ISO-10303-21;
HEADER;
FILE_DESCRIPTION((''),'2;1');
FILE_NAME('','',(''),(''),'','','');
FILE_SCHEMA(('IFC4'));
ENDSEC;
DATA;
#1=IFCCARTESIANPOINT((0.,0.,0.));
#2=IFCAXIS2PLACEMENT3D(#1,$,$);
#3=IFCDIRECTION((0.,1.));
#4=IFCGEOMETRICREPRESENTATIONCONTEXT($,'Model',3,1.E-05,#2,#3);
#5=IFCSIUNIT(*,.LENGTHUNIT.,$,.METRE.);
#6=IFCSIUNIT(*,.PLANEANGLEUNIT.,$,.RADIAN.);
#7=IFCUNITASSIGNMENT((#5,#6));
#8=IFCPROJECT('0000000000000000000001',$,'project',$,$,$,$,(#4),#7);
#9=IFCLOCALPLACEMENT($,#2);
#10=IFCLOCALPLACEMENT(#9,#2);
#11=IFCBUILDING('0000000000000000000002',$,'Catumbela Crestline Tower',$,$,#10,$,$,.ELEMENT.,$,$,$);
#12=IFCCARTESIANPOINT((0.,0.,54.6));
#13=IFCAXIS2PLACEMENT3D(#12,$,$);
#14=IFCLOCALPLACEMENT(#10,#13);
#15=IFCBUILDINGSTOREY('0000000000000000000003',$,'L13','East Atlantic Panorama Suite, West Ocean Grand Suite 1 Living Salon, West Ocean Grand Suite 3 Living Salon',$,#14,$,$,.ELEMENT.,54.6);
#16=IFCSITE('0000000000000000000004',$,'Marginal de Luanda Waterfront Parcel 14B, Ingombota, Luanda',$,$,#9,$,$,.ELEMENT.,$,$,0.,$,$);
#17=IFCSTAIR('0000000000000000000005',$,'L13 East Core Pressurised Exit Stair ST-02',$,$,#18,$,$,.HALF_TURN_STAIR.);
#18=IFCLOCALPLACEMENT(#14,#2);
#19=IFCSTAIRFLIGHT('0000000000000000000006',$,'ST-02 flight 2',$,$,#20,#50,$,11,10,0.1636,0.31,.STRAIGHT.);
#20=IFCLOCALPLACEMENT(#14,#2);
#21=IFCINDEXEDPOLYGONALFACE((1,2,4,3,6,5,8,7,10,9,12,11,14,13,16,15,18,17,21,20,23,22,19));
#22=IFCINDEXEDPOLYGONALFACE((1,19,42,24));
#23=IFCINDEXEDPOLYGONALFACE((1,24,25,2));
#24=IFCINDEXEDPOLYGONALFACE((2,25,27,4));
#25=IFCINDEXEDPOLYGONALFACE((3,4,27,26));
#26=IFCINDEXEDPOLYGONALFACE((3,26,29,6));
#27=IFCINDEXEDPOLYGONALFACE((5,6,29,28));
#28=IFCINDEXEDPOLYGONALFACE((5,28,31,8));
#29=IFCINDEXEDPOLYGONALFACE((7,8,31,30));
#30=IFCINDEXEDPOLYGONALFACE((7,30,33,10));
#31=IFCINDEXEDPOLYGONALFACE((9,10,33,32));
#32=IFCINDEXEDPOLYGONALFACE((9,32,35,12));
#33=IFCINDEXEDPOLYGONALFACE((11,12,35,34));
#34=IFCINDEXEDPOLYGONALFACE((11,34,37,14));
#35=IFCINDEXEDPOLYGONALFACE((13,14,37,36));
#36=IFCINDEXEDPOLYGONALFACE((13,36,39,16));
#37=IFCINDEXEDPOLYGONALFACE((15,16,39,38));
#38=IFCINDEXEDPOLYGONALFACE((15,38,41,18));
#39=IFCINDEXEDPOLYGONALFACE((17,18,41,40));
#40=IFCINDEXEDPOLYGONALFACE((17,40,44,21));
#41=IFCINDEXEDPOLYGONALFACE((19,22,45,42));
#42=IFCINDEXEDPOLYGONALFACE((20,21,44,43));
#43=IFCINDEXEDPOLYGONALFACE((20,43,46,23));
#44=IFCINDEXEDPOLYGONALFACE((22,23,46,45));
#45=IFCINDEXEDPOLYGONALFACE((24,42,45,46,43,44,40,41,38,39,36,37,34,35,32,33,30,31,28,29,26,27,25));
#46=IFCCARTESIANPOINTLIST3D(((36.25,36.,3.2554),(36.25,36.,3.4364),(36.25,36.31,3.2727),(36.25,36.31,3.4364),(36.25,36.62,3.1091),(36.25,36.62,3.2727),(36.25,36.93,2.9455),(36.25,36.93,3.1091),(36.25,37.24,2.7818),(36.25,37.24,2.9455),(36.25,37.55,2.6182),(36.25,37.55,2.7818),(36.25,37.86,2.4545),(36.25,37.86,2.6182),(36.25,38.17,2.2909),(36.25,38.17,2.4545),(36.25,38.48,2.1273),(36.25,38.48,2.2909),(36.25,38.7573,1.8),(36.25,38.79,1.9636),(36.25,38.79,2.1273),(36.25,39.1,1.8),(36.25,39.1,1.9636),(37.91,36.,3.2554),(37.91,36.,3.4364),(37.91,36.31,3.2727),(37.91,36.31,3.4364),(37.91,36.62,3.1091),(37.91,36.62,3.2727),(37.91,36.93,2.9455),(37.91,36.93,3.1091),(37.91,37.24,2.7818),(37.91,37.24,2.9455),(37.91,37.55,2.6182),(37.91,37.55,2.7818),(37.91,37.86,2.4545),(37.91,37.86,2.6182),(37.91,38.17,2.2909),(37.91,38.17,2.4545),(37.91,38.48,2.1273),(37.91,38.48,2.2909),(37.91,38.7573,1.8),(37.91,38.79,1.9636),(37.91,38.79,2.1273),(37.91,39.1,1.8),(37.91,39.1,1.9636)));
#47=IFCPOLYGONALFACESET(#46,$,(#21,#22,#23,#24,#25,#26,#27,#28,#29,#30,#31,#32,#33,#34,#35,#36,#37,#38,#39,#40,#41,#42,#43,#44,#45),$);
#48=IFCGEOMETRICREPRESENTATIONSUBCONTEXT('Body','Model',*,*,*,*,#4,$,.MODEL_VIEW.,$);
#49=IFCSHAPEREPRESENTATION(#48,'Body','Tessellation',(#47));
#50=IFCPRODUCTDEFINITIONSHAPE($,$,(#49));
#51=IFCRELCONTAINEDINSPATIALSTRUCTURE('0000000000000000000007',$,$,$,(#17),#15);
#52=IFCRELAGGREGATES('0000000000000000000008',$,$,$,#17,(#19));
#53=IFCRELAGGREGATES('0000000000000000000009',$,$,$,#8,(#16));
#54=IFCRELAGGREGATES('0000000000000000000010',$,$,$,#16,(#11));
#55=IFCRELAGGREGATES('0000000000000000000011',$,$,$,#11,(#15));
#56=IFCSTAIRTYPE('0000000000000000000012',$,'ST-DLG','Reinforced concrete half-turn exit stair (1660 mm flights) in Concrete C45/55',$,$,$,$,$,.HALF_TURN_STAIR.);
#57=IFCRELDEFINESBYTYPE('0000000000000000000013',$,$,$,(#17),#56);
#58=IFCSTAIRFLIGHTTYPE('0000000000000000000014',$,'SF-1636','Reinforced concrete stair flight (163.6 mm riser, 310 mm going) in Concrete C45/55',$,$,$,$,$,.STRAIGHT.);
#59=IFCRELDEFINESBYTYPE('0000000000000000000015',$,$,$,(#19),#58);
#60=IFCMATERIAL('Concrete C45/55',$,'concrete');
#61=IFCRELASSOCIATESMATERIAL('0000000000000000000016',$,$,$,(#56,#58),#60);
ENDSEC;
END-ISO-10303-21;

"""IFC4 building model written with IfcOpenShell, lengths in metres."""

from ifc_helpers import new_model, si_unit, direction, frame, origin, place, context, subcontext, project, spatial, polyline, outline, extrude, material, type_object, element, aggregate, save


model = new_model("IFC4")

# Units and contexts
model_context = context("Model", 3, precision=1e-05, world=origin(), true_north=direction((0.0, 1.0)))
body_context = subcontext(model_context, "Body", "Model", "MODEL_VIEW")
ifc_project = project(units=[si_unit("LENGTHUNIT", "METRE"), si_unit("PLANEANGLEUNIT", "RADIAN")], contexts=[model_context])

# Site, building, storey
site_placement = place(None, origin())
site = spatial("IfcSite", under=ifc_project, at=site_placement, Name="Marginal de Luanda Waterfront Parcel 14B, Ingombota, Luanda", CompositionType="ELEMENT", RefElevation=0.0)
building_placement = place(site_placement, origin())
building = spatial("IfcBuilding", under=site, at=building_placement, Name="Catumbela Crestline Tower", CompositionType="ELEMENT")
storey_placement = place(building_placement, frame((0.0, 0.0, 54.6)))
storey = spatial("IfcBuildingStorey", under=building, at=storey_placement, Name="L13", Description="East Atlantic Panorama Suite, West Ocean Grand Suite 1 Living Salon, West Ocean Grand Suite 3 Living Salon", CompositionType="ELEMENT", Elevation=54.6)

# Stair, stair flight
ifc_material_1 = material(Name="Concrete C45/55", Category="concrete")
stair_type = type_object("IfcStairType", Name="ST-DLG", Description="Reinforced concrete half-turn exit stair (1660 mm flights) in Concrete C45/55", PredefinedType="HALF_TURN_STAIR", material=ifc_material_1)
stair_placement = place(storey_placement, origin())
stair = element("IfcStair", 1, at=stair_placement, inside=storey, type_object=stair_type, Name="L13 East Core Pressurised Exit Stair ST-02", PredefinedType="HALF_TURN_STAIR")
stair_flight_type = type_object("IfcStairFlightType", Name="SF-1636", Description="Reinforced concrete stair flight (163.6 mm riser, 310 mm going) in Concrete C45/55", PredefinedType="STRAIGHT", material=ifc_material_1)
stair_flight_1_placement = place(storey_placement, frame((37.08, 39.1, 1.8), z_axis=(0.0, 0.0, 1.0), x_axis=(0.0, -1.0, 0.0)))
stair_flight_1 = element("IfcStairFlight", 2, at=stair_flight_1_placement, type_object=stair_flight_type, Name="ST-02 flight 2", NumberOfRisers=11, NumberOfTreads=10, PredefinedType="STRAIGHT", RiserHeight=0.1636, TreadLength=0.31, context=body_context, shape_type="SweptSolid", body=[
    extrude(outline(polyline([(0.0, 0.0), (0.0, 0.1636), (0.31, 0.1636), (0.31, 0.3273), (0.62, 0.3273), (0.62, 0.4909), (0.93, 0.4909), (0.93, 0.6545), (1.24, 0.6545), (1.24, 0.8182), (1.55, 0.8182), (1.55, 0.9818), (1.86, 0.9818), (1.86, 1.1455), (2.17, 1.1455), (2.17, 1.3091), (2.48, 1.3091), (2.48, 1.4727), (2.79, 1.4727), (2.79, 1.6364), (3.1, 1.6364), (3.1, 1.8), (3.1, 1.4554), (0.3427, 0.0), (0.0, 0.0)])), frame((0.0, 0.83, 0.0), z_axis=(0.0, -1.0, 0.0), x_axis=(1.0, 0.0, 0.0)), (0.0, 0.0, 1.0), 1.66),
])
aggregate(stair, [stair_flight_1])

save(model, "model.ifc")
